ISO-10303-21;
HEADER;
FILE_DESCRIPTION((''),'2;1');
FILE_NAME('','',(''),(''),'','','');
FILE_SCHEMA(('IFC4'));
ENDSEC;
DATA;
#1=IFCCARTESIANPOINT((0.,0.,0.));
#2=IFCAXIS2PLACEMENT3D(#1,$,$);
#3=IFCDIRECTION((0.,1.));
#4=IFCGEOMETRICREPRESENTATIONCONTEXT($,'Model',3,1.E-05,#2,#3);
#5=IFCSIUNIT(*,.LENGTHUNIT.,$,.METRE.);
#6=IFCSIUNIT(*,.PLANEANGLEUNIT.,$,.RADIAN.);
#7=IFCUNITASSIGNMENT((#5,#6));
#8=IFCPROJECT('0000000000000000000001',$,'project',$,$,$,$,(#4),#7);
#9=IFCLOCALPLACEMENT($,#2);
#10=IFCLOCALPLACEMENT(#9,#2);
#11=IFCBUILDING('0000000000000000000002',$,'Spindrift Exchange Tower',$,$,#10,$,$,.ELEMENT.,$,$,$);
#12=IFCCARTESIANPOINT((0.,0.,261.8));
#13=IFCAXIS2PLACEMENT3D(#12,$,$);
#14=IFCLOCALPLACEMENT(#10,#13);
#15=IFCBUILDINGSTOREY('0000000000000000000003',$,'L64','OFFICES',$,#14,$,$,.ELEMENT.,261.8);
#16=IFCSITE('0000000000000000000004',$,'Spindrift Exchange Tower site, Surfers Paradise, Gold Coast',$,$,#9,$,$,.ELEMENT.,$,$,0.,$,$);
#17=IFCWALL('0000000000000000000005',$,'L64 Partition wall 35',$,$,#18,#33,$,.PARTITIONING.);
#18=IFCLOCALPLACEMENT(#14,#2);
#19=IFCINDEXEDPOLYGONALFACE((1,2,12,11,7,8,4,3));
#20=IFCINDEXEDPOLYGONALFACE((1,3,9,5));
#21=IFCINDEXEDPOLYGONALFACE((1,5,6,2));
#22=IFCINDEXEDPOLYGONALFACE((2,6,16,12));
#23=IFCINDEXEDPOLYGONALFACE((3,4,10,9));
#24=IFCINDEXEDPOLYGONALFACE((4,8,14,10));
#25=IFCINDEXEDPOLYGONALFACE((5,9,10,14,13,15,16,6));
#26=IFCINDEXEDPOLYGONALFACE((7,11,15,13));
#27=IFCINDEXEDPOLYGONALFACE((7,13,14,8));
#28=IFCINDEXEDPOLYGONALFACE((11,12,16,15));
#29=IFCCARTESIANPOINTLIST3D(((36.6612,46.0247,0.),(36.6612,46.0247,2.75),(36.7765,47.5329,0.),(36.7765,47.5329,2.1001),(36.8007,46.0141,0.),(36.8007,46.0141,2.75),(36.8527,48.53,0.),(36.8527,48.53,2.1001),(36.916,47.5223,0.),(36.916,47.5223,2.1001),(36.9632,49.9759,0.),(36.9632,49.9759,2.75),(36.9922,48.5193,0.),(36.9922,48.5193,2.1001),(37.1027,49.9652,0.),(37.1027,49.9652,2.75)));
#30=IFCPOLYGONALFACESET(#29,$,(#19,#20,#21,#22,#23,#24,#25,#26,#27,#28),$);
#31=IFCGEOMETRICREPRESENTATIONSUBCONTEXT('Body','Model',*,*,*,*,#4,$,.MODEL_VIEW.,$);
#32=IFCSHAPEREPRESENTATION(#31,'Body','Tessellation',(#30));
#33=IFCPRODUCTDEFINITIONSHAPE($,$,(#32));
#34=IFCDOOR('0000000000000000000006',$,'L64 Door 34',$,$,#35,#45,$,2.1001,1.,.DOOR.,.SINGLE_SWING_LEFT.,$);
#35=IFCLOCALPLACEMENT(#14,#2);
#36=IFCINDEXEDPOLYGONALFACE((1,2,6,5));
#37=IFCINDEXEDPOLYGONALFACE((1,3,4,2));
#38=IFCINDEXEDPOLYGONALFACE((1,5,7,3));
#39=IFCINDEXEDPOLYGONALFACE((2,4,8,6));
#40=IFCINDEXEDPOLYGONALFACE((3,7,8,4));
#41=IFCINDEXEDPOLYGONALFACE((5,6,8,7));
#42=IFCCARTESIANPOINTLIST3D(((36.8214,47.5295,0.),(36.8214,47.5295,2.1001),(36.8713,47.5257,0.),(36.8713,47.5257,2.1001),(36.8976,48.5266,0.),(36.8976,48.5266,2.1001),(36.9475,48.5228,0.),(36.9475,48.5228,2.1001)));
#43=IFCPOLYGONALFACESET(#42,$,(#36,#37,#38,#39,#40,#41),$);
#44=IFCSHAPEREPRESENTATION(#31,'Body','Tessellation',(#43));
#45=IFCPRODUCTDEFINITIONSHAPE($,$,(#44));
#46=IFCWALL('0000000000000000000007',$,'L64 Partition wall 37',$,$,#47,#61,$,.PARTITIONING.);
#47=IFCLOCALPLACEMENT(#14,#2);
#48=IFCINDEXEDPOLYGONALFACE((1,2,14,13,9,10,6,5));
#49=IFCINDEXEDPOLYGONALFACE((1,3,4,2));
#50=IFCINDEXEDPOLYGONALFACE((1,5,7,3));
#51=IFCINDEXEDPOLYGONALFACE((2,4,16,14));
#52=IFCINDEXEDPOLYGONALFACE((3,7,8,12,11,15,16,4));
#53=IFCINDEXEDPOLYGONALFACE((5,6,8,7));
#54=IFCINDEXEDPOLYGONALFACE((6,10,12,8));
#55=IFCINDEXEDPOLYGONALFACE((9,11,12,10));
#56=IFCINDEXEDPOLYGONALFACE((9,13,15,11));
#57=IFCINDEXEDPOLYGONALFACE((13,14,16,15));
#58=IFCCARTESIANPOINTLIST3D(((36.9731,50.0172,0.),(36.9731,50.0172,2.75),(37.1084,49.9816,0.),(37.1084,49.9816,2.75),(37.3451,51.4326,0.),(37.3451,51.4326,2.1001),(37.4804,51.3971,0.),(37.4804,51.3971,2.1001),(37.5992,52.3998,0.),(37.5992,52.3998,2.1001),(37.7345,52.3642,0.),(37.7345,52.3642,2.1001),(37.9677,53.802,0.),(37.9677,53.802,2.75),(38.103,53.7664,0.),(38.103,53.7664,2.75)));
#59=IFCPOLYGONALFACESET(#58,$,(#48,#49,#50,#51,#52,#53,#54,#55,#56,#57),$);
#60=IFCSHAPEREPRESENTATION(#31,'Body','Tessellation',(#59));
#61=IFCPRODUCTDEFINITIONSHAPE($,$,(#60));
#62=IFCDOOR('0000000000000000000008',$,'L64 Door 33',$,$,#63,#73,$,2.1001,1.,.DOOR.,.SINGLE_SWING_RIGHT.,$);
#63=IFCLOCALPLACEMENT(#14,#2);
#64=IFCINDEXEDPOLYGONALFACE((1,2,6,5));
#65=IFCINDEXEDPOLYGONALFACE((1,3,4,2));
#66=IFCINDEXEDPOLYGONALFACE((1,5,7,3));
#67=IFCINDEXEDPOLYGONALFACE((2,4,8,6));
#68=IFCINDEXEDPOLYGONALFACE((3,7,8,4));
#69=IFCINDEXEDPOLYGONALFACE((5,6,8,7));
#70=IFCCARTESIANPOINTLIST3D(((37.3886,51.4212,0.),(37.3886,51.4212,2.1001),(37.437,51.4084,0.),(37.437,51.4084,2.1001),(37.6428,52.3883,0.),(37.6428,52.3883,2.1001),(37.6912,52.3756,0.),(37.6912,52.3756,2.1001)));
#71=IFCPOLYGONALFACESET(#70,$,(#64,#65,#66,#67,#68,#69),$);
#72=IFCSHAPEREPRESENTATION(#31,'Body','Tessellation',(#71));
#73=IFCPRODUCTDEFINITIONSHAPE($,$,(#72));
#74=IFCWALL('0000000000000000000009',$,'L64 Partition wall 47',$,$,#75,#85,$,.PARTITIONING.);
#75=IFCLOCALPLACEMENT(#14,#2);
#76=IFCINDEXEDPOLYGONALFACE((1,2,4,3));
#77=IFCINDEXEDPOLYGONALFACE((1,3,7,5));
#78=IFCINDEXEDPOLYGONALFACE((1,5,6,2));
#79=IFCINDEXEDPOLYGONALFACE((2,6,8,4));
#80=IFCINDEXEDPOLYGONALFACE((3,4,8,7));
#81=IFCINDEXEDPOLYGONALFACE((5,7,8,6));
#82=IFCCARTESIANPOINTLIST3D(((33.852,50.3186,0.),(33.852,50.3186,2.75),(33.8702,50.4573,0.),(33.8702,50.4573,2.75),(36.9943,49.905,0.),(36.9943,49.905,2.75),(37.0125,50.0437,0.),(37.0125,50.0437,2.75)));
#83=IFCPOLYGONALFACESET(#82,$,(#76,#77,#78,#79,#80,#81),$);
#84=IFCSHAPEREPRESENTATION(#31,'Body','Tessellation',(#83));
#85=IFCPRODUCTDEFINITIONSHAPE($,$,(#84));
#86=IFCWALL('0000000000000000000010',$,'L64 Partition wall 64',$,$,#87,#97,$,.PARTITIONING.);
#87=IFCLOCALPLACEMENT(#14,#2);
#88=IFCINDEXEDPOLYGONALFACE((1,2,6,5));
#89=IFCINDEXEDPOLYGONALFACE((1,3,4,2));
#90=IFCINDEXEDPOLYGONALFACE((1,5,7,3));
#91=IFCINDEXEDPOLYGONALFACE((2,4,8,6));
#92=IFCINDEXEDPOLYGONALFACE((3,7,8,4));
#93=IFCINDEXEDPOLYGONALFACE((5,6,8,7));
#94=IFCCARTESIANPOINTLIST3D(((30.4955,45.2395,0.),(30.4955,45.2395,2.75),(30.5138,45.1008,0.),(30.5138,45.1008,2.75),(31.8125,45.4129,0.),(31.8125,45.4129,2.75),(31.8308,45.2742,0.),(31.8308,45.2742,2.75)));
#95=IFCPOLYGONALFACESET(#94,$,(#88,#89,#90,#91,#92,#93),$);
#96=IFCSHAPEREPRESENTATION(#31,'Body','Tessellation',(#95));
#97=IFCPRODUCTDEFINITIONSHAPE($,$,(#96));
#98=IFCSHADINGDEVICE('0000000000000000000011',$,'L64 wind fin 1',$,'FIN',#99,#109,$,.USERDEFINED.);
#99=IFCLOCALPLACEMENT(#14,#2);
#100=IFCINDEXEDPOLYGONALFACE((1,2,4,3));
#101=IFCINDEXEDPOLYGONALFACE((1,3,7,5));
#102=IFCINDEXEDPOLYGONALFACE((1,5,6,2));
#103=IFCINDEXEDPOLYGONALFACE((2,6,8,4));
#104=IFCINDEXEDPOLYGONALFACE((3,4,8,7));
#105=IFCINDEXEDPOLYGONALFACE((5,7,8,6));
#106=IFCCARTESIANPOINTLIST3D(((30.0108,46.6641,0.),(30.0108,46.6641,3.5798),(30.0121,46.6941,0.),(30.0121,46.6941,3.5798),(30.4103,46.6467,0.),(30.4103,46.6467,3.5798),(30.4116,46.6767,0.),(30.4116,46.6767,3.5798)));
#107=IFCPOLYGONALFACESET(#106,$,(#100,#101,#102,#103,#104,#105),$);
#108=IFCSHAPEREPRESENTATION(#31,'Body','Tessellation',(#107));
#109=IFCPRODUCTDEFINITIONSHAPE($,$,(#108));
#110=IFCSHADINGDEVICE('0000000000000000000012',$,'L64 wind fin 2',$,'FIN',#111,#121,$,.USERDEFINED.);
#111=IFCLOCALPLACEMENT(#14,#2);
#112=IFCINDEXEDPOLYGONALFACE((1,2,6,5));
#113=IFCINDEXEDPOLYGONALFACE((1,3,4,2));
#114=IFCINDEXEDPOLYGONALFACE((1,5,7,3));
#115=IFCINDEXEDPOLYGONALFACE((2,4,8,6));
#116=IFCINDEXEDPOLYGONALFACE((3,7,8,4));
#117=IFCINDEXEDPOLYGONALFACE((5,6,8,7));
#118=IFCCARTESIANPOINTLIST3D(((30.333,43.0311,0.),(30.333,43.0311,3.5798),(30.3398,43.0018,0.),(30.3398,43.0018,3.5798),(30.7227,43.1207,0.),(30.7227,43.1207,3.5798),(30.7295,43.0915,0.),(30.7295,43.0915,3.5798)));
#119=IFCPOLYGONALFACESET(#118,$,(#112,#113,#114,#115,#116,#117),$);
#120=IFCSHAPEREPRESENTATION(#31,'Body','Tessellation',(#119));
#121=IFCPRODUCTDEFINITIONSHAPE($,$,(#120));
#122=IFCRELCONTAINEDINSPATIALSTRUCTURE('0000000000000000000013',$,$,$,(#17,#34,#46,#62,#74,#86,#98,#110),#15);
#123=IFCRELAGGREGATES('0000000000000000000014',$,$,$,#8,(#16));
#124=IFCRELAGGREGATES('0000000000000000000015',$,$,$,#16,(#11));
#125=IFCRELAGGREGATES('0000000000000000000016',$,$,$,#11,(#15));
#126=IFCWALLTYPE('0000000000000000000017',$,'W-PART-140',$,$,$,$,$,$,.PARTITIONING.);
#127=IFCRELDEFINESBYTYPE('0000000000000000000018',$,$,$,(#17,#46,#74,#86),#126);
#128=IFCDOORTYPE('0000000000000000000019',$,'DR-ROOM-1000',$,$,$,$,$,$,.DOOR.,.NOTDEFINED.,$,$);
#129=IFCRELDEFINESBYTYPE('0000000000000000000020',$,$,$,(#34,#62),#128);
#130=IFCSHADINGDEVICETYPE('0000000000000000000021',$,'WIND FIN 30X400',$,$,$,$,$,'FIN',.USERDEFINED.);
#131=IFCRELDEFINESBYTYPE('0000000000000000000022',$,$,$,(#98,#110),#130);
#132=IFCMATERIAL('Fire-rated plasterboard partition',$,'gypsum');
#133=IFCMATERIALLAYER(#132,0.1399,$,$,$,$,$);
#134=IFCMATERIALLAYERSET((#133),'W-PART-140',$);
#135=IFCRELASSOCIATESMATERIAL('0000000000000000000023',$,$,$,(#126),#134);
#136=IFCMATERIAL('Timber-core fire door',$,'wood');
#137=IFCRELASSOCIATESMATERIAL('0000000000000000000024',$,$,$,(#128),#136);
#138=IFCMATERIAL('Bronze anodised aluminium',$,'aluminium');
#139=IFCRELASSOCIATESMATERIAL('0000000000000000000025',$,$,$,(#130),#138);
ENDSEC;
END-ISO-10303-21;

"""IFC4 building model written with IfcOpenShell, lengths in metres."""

from ifc_helpers import new_model, si_unit, direction, frame, frame_2d, origin, origin_2d, place, context, subcontext, project, spatial, rectangle, extrude, source, transform, mapped, material, layer, layer_set, material_profile, profile_set, type_object, element, fill, save


model = new_model("IFC4")

# Units and contexts
model_context = context("Model", 3, precision=1e-05, world=origin(), true_north=direction((0.0, 1.0)))
body_context = subcontext(model_context, "Body", "Model", "MODEL_VIEW")
ifc_project = project(units=[si_unit("LENGTHUNIT", "METRE"), si_unit("PLANEANGLEUNIT", "RADIAN")], contexts=[model_context])

# Site, building, storey
site_placement = place(None, origin())
site = spatial("IfcSite", under=ifc_project, at=site_placement, Name="Spindrift Exchange Tower site, Surfers Paradise, Gold Coast", CompositionType="ELEMENT", RefElevation=0.0)
building_placement = place(site_placement, origin())
building = spatial("IfcBuilding", under=site, at=building_placement, Name="Spindrift Exchange Tower", CompositionType="ELEMENT")
storey_placement = place(building_placement, frame((0.0, 0.0, 261.8)))
storey = spatial("IfcBuildingStorey", under=building, at=storey_placement, Name="L64", Description="OFFICES", CompositionType="ELEMENT", Elevation=261.8)

# Shared definitions
ifc_material_1 = material(Name="Bronze anodised aluminium", Category="aluminium")

# Shared definitions
ifc_material_2 = material(Name="Fire-rated plasterboard partition", Category="gypsum")
ifc_layer_1 = layer(ifc_material_2, 0.1399)
ifc_layer_set_1 = layer_set([ifc_layer_1], Name="W-PART-140")
wall_type = type_object("IfcWallType", Name="W-PART-140", PredefinedType="PARTITIONING", material=ifc_layer_set_1)

# Walls, openings, doors
wall_1_placement = place(storey_placement, frame((36.731, 46.0193, 0.0), z_axis=(0.0, 0.0, 1.0), x_axis=(0.076211, 0.997092, 0.0)))
wall_1 = element("IfcWall", 1, at=wall_1_placement, inside=storey, type_object=wall_type, Name="L64 Partition wall 35", PredefinedType="PARTITIONING", context=body_context, shape_type="SweptSolid", body=[
    extrude(rectangle(XDim=3.9626, YDim=0.1399, at=frame_2d((1.9814, 0.0))), origin(), (0.0, 0.0, 1.0), 2.75),
])
opening_1_placement = place(wall_1_placement, frame((1.5127, 0.0, 0.0)))
opening_1 = element("IfcOpeningElement", 2, at=opening_1_placement, cuts=wall_1, PredefinedType="OPENING", context=body_context, shape_type="SweptSolid", body=[
    extrude(rectangle(XDim=1.0, YDim=2.1001, at=frame_2d((0.5, 1.05))), frame((0.0, 0.0798, 0.0), z_axis=(0.0, -1.0, 0.0), x_axis=(1.0, 0.0, 0.0)), (0.0, 0.0, 1.0), 0.1599),
])
ifc_material_3 = material(Name="Timber-core fire door", Category="wood")
door_type = type_object("IfcDoorType", Name="DR-ROOM-1000", OperationType="NOTDEFINED", PredefinedType="DOOR", material=ifc_material_3)
shared_shape_1 = source(origin(), body_context, "Body", "SweptSolid", [
    extrude(rectangle(XDim=1.0, YDim=2.1001, at=frame_2d((0.5, 1.05))), frame((0.0, 0.0249, 0.0), z_axis=(0.0, -1.0, 0.0), x_axis=(1.0, 0.0, 0.0)), (0.0, 0.0, 1.0), 0.05),
])
door_1_placement = place(opening_1_placement, origin())
door_1 = element("IfcDoor", 3, at=door_1_placement, inside=storey, type_object=door_type, Name="L64 Door 34", OperationType="SINGLE_SWING_LEFT", OverallHeight=2.1001, OverallWidth=1.0, PredefinedType="DOOR", context=body_context, shape_type="MappedRepresentation", body=[
    mapped(shared_shape_1, transform((0.0, 0.0, 0.0), scale=1.0)),
])
fill(opening_1, door_1)
wall_2_placement = place(storey_placement, frame((37.0408, 49.9995, 0.0), z_axis=(0.0, 0.0, 1.0), x_axis=(0.254159, 0.967163, 0.0)))
wall_2 = element("IfcWall", 4, at=wall_2_placement, inside=storey, type_object=wall_type, Name="L64 Partition wall 37", PredefinedType="PARTITIONING", context=body_context, shape_type="SweptSolid", body=[
    extrude(rectangle(XDim=3.9133, YDim=0.1399, at=frame_2d((1.9565, 0.0))), origin(), (0.0, 0.0, 1.0), 2.75),
])
opening_2_placement = place(wall_2_placement, frame((1.4634, 0.0, 0.0)))
opening_2 = element("IfcOpeningElement", 5, at=opening_2_placement, cuts=wall_2, PredefinedType="OPENING", context=body_context, shape_type="SweptSolid", body=[
    extrude(rectangle(XDim=1.0, YDim=2.1001, at=frame_2d((0.5, 1.05))), frame((0.0, 0.0798, 0.0), z_axis=(0.0, -1.0, 0.0), x_axis=(1.0, 0.0, 0.0)), (0.0, 0.0, 1.0), 0.1599),
])
door_2_placement = place(opening_2_placement, origin())
door_2 = element("IfcDoor", 6, at=door_2_placement, inside=storey, type_object=door_type, Name="L64 Door 33", OperationType="SINGLE_SWING_RIGHT", OverallHeight=2.1001, OverallWidth=1.0, PredefinedType="DOOR", context=body_context, shape_type="MappedRepresentation", body=[
    mapped(shared_shape_1, transform((0.0, 0.0, 0.0), scale=1.0)),
])
fill(opening_2, door_2)

# Walls
wall_3_placement = place(storey_placement, frame((37.0034, 49.9744, 0.0), z_axis=(0.0, 0.0, 1.0), x_axis=(-0.99145, 0.130488, 0.0)))
element("IfcWall", 7, at=wall_3_placement, inside=storey, type_object=wall_type, Name="L64 Partition wall 47", PredefinedType="PARTITIONING", context=body_context, shape_type="SweptSolid", body=[
    extrude(rectangle(XDim=3.1694, YDim=0.1399, at=frame_2d((1.5847, 0.0))), origin(), (0.0, 0.0, 1.0), 2.75),
])
wall_4_placement = place(storey_placement, frame((31.8215, 45.3435, 0.0), z_axis=(0.0, 0.0, 1.0), x_axis=(-0.991448, -0.130502, 0.0)))
element("IfcWall", 8, at=wall_4_placement, inside=storey, type_object=wall_type, Name="L64 Partition wall 64", PredefinedType="PARTITIONING", context=body_context, shape_type="SweptSolid", body=[
    extrude(rectangle(XDim=1.3284, YDim=0.1399, at=frame_2d((0.6641, 0.0))), origin(), (0.0, 0.0, 1.0), 2.75),
])

# Shading devices
ifc_material_profile_1 = material_profile(ifc_material_1, rectangle(XDim=0.03, YDim=0.3999, at=origin_2d()), Name="WIND FIN 30X400")
ifc_profile_set_1 = profile_set([ifc_material_profile_1], Name="Bronze anodised aluminium")
shading_device_type = type_object("IfcShadingDeviceType", Name="WIND FIN 30X400", ElementType="FIN", PredefinedType="USERDEFINED", material=ifc_profile_set_1)
shared_shape_2 = source(origin(), body_context, "Body", "SweptSolid", [
    extrude(rectangle(XDim=0.03, YDim=0.3999, at=origin_2d()), origin(), (0.0, 0.0, 1.0), 3.5798),
])
for number, where, z_axis, x_axis, name in (
    (9, (30.2112, 46.6704, 0.0), (0.0, 0.0, 1.0), (-0.043407, -0.999057, 0.0), "L64 wind fin 1"),
    (10, (30.5312, 43.0613, 0.0), (0.0, 0.0, 1.0), (0.224184, -0.974547, 0.0), "L64 wind fin 2"),
):
    element("IfcShadingDevice", number, at=place(storey_placement, frame(where, z_axis=z_axis, x_axis=x_axis)), inside=storey, type_object=shading_device_type, Name=name, ObjectType="FIN", PredefinedType="USERDEFINED", context=body_context, shape_type="MappedRepresentation", body=[
        mapped(shared_shape_2, transform((0.0, 0.0, 0.0), scale=1.0)),
    ])

save(model, "model.ifc")
